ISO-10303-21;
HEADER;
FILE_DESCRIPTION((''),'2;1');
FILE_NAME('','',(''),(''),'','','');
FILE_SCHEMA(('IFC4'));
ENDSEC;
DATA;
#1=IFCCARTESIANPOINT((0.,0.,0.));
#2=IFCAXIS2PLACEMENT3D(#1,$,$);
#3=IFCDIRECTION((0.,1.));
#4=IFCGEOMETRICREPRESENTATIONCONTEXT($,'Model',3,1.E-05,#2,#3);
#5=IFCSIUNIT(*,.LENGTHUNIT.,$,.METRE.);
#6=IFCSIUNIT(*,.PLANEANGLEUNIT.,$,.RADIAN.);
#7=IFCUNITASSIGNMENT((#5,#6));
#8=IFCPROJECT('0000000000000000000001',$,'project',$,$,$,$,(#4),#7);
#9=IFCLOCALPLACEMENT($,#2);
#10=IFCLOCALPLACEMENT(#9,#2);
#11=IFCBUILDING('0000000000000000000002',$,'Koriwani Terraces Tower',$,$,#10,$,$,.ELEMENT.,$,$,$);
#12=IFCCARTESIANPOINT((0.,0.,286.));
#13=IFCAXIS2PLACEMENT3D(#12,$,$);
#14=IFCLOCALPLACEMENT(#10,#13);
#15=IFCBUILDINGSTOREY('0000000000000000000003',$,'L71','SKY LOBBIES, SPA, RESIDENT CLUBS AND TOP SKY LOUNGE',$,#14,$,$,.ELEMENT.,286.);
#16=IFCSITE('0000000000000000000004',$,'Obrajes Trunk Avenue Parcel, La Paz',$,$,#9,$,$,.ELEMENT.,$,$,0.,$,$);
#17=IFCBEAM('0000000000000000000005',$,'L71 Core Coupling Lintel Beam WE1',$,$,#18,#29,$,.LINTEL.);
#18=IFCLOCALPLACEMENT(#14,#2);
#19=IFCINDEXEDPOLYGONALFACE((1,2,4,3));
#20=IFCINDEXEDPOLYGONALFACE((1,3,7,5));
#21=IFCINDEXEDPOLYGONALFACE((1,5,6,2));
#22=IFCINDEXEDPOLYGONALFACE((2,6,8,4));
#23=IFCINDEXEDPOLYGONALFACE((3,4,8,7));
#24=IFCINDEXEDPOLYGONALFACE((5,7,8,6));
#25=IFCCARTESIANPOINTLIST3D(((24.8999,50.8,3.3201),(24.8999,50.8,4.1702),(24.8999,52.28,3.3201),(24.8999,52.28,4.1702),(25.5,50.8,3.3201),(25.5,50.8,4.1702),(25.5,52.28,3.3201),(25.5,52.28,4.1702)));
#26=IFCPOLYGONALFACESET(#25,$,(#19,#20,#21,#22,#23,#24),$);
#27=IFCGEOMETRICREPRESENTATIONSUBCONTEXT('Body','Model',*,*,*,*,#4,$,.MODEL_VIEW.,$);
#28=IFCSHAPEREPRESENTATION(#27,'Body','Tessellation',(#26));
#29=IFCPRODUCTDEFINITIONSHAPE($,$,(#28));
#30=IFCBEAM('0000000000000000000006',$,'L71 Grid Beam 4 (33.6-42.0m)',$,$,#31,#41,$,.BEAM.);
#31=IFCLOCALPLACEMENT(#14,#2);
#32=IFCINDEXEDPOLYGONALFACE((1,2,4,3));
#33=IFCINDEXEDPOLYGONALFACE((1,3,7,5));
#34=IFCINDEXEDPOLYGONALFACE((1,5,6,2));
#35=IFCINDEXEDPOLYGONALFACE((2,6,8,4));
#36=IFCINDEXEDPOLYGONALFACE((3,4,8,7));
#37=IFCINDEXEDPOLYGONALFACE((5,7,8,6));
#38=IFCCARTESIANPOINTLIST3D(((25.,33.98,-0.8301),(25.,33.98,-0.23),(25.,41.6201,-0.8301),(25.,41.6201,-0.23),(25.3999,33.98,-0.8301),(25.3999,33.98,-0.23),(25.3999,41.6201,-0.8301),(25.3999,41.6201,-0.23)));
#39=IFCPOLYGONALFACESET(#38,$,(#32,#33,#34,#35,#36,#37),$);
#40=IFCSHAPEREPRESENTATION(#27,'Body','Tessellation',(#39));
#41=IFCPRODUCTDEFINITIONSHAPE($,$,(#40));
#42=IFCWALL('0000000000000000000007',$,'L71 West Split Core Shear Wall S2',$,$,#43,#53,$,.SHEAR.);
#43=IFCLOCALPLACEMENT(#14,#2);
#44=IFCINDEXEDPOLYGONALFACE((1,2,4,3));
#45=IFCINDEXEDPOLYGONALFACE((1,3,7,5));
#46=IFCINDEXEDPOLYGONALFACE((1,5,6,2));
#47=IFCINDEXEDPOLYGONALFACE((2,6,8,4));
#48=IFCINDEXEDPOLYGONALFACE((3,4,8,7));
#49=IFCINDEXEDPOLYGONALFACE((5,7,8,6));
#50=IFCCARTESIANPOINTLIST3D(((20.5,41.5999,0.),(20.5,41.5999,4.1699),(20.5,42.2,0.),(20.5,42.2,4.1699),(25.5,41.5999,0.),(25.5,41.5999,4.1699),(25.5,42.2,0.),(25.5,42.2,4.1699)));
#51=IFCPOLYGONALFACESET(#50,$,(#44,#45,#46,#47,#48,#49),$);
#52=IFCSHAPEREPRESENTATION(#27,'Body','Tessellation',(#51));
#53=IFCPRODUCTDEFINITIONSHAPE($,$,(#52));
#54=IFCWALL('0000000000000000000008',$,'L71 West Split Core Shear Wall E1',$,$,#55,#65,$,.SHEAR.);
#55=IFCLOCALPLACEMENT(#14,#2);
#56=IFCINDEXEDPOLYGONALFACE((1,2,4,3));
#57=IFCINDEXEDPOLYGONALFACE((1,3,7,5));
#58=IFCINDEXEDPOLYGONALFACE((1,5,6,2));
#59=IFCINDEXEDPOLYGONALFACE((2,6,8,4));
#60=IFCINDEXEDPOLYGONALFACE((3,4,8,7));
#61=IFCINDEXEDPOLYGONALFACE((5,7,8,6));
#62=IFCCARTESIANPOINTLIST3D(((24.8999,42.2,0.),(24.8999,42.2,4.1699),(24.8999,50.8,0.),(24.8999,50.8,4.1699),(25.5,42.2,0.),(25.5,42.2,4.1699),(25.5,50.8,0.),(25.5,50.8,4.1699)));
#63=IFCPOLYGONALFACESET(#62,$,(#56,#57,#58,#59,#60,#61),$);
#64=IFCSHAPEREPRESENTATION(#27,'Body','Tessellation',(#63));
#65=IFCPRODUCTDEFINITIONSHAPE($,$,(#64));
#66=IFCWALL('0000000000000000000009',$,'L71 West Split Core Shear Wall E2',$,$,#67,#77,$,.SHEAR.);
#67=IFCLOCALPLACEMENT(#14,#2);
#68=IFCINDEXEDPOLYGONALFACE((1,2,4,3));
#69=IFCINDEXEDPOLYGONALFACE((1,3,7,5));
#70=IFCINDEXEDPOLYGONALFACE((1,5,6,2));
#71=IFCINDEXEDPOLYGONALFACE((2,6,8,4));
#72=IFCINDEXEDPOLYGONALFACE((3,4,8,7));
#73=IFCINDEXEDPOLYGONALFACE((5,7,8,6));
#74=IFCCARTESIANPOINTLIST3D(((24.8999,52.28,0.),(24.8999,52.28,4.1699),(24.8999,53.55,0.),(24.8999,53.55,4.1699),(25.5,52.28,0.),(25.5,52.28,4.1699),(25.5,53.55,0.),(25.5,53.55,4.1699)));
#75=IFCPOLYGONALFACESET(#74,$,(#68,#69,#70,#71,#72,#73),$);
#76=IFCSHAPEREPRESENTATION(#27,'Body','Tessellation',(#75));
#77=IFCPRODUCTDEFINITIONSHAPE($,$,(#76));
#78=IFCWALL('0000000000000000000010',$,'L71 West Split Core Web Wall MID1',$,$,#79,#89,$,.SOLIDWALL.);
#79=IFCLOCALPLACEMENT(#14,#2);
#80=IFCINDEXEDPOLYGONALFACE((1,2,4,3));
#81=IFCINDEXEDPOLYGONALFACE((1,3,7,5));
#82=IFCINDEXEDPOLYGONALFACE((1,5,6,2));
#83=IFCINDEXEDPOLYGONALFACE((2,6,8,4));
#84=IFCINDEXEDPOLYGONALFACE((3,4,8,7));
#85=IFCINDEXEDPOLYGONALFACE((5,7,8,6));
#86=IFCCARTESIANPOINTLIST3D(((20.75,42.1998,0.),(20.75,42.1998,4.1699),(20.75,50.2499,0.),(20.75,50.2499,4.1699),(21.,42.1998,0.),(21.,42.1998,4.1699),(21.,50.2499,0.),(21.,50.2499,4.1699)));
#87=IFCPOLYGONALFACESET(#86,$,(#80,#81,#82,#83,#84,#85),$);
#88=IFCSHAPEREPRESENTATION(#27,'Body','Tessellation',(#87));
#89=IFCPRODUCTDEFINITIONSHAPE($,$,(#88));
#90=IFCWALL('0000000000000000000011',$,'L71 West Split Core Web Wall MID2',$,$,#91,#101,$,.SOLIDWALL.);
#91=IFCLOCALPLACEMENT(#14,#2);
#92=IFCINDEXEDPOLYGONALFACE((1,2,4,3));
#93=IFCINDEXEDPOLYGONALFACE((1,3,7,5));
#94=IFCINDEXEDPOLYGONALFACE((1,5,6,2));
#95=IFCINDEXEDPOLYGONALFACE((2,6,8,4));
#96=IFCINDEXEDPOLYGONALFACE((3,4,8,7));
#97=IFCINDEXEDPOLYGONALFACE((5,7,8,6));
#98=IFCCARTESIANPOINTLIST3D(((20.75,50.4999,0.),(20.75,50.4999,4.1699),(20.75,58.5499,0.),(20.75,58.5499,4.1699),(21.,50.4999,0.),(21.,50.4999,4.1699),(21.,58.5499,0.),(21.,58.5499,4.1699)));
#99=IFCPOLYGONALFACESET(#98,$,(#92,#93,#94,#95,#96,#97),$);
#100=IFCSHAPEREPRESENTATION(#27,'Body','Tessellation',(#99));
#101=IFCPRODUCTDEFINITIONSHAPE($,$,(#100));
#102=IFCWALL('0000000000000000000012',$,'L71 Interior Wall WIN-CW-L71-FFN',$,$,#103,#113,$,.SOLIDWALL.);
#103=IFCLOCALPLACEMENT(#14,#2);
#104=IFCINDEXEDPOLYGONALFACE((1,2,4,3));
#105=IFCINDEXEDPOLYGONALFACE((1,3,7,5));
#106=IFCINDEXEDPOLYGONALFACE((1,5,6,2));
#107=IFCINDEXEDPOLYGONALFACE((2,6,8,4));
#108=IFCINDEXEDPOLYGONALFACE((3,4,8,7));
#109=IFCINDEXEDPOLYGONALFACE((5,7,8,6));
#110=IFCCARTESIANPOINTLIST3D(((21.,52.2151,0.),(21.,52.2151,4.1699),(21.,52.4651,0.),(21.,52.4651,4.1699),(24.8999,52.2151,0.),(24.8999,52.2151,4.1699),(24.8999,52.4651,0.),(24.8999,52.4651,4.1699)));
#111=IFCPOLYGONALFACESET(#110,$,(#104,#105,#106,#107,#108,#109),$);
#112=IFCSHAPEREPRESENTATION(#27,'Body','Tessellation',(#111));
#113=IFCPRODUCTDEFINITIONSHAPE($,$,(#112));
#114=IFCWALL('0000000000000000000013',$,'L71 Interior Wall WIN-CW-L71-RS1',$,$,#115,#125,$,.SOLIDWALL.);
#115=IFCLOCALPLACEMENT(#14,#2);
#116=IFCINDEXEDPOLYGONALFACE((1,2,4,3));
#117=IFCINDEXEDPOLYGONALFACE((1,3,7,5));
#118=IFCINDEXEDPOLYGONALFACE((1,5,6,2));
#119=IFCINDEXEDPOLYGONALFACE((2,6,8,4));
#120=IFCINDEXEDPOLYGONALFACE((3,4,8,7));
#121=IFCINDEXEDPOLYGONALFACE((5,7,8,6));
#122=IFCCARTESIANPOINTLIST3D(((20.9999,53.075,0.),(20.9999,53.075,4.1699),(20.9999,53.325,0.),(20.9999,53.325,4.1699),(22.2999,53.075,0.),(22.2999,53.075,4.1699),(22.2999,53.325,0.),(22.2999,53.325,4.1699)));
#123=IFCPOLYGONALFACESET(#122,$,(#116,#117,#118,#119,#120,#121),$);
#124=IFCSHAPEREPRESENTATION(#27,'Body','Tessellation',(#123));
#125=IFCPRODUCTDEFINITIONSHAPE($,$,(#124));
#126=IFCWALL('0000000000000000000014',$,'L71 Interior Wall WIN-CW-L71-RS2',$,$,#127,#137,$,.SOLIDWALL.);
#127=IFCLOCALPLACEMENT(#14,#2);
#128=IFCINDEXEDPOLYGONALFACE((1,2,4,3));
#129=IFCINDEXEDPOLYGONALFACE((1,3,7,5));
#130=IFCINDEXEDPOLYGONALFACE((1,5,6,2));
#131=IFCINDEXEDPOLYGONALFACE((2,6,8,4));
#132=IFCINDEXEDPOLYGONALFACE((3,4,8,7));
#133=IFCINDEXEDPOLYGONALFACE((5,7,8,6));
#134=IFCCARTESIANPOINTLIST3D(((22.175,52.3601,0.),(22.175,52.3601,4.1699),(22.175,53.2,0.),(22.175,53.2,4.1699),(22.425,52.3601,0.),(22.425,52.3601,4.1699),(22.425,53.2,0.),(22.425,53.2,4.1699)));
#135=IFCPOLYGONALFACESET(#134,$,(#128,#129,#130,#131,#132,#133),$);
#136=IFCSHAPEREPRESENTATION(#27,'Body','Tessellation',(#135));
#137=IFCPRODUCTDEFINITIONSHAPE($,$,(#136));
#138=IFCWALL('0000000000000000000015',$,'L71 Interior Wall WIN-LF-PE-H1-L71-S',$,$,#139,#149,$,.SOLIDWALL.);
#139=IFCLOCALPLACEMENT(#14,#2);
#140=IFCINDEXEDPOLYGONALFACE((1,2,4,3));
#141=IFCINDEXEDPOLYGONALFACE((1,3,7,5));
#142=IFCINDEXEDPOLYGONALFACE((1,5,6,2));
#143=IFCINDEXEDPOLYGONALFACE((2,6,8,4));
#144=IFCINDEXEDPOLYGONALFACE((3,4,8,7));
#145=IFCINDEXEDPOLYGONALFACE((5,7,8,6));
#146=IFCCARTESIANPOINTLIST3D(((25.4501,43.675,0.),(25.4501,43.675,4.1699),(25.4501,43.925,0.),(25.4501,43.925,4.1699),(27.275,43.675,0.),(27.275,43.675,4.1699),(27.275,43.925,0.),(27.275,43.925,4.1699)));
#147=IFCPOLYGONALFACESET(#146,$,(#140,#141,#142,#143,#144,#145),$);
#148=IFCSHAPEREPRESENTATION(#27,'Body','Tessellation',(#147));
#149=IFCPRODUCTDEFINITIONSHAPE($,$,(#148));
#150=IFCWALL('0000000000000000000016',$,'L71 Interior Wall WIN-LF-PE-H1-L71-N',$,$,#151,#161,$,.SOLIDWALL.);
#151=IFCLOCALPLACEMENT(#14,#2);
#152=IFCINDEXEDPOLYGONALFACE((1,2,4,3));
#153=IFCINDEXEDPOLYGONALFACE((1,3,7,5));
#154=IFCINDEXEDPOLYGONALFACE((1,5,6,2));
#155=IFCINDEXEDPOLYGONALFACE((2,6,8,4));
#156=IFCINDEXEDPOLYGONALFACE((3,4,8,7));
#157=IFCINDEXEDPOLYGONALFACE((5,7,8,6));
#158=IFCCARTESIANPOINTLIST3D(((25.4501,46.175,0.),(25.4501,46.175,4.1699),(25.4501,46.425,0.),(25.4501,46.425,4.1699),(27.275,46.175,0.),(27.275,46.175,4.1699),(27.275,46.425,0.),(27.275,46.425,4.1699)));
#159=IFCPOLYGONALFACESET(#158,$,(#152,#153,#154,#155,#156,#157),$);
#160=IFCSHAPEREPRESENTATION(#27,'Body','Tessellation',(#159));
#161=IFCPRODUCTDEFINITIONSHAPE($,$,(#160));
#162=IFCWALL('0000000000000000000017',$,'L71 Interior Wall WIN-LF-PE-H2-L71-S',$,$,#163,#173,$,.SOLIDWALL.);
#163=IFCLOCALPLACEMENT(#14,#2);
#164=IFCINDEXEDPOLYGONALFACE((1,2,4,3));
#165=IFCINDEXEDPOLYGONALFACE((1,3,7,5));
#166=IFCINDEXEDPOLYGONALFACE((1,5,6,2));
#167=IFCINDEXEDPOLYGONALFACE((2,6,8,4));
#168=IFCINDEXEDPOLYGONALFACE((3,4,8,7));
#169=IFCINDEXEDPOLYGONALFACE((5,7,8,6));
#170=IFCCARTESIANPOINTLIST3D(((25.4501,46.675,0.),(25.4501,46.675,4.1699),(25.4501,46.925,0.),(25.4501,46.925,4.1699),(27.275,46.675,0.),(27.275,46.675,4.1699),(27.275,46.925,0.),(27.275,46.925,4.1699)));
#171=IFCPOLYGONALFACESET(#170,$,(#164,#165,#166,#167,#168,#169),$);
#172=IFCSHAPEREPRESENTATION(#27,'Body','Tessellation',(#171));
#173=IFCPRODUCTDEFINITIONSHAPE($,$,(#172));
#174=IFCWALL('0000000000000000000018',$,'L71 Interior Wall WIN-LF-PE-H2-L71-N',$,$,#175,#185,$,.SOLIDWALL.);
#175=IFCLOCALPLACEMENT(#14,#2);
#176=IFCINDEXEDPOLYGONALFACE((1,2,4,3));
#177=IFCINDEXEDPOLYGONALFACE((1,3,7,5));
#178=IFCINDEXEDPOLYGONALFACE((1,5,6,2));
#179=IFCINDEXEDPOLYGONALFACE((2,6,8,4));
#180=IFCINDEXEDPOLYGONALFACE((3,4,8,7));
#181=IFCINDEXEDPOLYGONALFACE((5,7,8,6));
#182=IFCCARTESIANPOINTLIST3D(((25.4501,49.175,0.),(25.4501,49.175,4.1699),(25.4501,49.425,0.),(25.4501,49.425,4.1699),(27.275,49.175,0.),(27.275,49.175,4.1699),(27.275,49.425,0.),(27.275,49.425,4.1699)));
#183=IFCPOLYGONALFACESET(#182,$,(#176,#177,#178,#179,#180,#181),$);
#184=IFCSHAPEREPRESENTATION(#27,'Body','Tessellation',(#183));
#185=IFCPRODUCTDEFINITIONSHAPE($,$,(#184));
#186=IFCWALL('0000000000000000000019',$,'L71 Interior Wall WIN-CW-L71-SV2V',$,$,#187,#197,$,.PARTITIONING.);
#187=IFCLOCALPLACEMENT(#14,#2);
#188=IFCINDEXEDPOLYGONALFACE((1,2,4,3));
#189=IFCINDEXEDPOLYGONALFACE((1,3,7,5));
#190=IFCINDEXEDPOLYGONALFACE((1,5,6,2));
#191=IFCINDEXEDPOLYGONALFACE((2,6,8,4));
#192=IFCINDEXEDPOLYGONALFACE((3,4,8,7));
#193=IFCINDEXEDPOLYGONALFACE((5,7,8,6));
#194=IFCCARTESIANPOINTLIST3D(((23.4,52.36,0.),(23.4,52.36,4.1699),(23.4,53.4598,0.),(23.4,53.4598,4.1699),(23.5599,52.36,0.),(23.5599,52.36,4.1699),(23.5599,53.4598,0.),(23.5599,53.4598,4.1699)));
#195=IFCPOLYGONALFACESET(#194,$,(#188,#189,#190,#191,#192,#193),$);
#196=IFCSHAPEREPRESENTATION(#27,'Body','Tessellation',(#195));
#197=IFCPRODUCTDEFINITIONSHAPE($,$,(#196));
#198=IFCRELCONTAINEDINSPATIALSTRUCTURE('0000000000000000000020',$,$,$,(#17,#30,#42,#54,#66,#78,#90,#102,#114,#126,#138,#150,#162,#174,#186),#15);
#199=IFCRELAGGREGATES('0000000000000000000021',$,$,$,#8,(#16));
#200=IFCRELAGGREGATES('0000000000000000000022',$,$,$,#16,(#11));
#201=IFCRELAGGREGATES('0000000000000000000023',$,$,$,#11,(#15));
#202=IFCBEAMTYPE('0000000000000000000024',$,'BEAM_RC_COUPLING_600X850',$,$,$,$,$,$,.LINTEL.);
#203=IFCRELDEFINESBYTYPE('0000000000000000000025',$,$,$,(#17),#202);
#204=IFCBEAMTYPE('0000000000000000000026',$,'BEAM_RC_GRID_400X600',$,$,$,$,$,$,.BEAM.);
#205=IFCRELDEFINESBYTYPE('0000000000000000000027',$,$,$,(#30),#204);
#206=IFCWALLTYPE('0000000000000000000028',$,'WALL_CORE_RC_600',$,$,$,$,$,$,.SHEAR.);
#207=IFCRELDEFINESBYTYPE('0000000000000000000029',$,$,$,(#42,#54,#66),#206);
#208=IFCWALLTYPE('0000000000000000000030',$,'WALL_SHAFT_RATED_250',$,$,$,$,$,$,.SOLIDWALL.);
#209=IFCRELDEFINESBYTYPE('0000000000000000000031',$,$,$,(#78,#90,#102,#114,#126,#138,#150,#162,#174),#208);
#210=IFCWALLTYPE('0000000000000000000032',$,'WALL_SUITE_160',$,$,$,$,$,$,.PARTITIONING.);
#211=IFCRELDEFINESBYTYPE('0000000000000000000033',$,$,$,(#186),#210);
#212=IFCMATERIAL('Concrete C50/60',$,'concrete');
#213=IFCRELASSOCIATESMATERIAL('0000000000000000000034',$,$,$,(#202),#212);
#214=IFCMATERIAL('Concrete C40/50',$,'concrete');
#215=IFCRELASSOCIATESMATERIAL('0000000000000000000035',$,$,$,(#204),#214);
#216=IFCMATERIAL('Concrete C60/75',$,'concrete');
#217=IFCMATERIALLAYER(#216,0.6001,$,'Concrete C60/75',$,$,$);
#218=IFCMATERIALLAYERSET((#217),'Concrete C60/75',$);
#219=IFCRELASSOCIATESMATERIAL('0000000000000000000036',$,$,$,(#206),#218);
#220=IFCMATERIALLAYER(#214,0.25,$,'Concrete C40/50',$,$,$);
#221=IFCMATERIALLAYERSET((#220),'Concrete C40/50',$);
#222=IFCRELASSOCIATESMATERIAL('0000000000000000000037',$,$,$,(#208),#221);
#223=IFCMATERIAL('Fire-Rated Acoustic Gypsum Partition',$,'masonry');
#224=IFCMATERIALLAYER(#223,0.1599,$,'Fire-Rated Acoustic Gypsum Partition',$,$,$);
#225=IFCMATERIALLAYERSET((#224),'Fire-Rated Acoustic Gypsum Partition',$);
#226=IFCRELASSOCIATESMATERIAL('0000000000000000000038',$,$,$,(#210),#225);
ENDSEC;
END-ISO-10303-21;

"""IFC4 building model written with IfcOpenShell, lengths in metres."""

from ifc_helpers import new_model, si_unit, direction, frame, frame_2d, origin, origin_2d, place, context, subcontext, project, spatial, rectangle, extrude, material, layer, layer_set, material_profile, profile_set, type_object, element, save


model = new_model("IFC4")

# Units and contexts
model_context = context("Model", 3, precision=1e-05, world=origin(), true_north=direction((0.0, 1.0)))
body_context = subcontext(model_context, "Body", "Model", "MODEL_VIEW")
ifc_project = project(units=[si_unit("LENGTHUNIT", "METRE"), si_unit("PLANEANGLEUNIT", "RADIAN")], contexts=[model_context])

# Site, building, storey
site_placement = place(None, origin())
site = spatial("IfcSite", under=ifc_project, at=site_placement, Name="Obrajes Trunk Avenue Parcel, La Paz", CompositionType="ELEMENT", RefElevation=0.0)
building_placement = place(site_placement, origin())
building = spatial("IfcBuilding", under=site, at=building_placement, Name="Koriwani Terraces Tower", CompositionType="ELEMENT")
storey_placement = place(building_placement, frame((0.0, 0.0, 286.0)))
storey = spatial("IfcBuildingStorey", under=building, at=storey_placement, Name="L71", Description="SKY LOBBIES, SPA, RESIDENT CLUBS AND TOP SKY LOUNGE", CompositionType="ELEMENT", Elevation=286.0)

# Beams
ifc_material_1 = material(Name="Concrete C50/60", Category="concrete")
ifc_material_profile_1 = material_profile(ifc_material_1, rectangle(XDim=0.6001, YDim=0.8501, at=origin_2d()), Name="Concrete C50/60", Category="LoadBearing")
ifc_profile_set_1 = profile_set([ifc_material_profile_1], Name="Concrete C50/60")
beam_type_1 = type_object("IfcBeamType", Name="BEAM_RC_COUPLING_600X850", PredefinedType="LINTEL", material=ifc_profile_set_1)
beam_1_placement = place(storey_placement, frame((25.2, 50.8, 3.7451), z_axis=(0.0, 1.0, 0.0), x_axis=(-1.0, 0.0, 0.0)))
element("IfcBeam", 1, at=beam_1_placement, inside=storey, type_object=beam_type_1, Name="L71 Core Coupling Lintel Beam WE1", PredefinedType="LINTEL", context=body_context, shape_type="SweptSolid", body=[
    extrude(rectangle(XDim=0.6001, YDim=0.8501, at=origin_2d()), origin(), (0.0, 0.0, 1.0), 1.48),
])
ifc_material_2 = material(Name="Concrete C40/50", Category="concrete")
ifc_material_profile_2 = material_profile(ifc_material_2, rectangle(XDim=0.3999, YDim=0.6001, at=origin_2d()), Name="Concrete C40/50", Category="LoadBearing")
ifc_profile_set_2 = profile_set([ifc_material_profile_2], Name="Concrete C40/50")
beam_type_2 = type_object("IfcBeamType", Name="BEAM_RC_GRID_400X600", PredefinedType="BEAM", material=ifc_profile_set_2)
beam_2_placement = place(storey_placement, frame((25.2, 33.98, -0.53), z_axis=(0.0, 1.0, 0.0), x_axis=(-1.0, 0.0, 0.0)))
element("IfcBeam", 2, at=beam_2_placement, inside=storey, type_object=beam_type_2, Name="L71 Grid Beam 4 (33.6-42.0m)", PredefinedType="BEAM", context=body_context, shape_type="SweptSolid", body=[
    extrude(rectangle(XDim=0.3999, YDim=0.6001, at=origin_2d()), origin(), (0.0, 0.0, 1.0), 7.6401),
])

# Walls
ifc_material_3 = material(Name="Concrete C60/75", Category="concrete")
ifc_layer_1 = layer(ifc_material_3, 0.6001, Name="Concrete C60/75")
ifc_layer_set_1 = layer_set([ifc_layer_1], Name="Concrete C60/75")
wall_type_1 = type_object("IfcWallType", Name="WALL_CORE_RC_600", PredefinedType="SHEAR", material=ifc_layer_set_1)
wall_1_placement = place(storey_placement, frame((20.5, 41.8999, 0.0), z_axis=(0.0, 0.0, 1.0), x_axis=(1.0, 0.0, 0.0)))
element("IfcWall", 3, at=wall_1_placement, inside=storey, type_object=wall_type_1, Name="L71 West Split Core Shear Wall S2", PredefinedType="SHEAR", context=body_context, shape_type="SweptSolid", body=[
    extrude(rectangle(XDim=5.0, YDim=0.6001, at=frame_2d((2.5, 0.0))), origin(), (0.0, 0.0, 1.0), 4.1699),
])
wall_2_placement = place(storey_placement, frame((25.2, 42.2, 0.0), z_axis=(0.0, 0.0, 1.0), x_axis=(0.0, 1.0, 0.0)))
element("IfcWall", 4, at=wall_2_placement, inside=storey, type_object=wall_type_1, Name="L71 West Split Core Shear Wall E1", PredefinedType="SHEAR", context=body_context, shape_type="SweptSolid", body=[
    extrude(rectangle(XDim=8.6001, YDim=0.6001, at=frame_2d((4.3, 0.0))), origin(), (0.0, 0.0, 1.0), 4.1699),
])
wall_3_placement = place(storey_placement, frame((25.2, 52.28, 0.0), z_axis=(0.0, 0.0, 1.0), x_axis=(0.0, 1.0, 0.0)))
element("IfcWall", 5, at=wall_3_placement, inside=storey, type_object=wall_type_1, Name="L71 West Split Core Shear Wall E2", PredefinedType="SHEAR", context=body_context, shape_type="SweptSolid", body=[
    extrude(rectangle(XDim=1.27, YDim=0.6001, at=frame_2d((0.635, 0.0))), origin(), (0.0, 0.0, 1.0), 4.1699),
])
ifc_layer_2 = layer(ifc_material_2, 0.25, Name="Concrete C40/50")
ifc_layer_set_2 = layer_set([ifc_layer_2], Name="Concrete C40/50")
wall_type_2 = type_object("IfcWallType", Name="WALL_SHAFT_RATED_250", PredefinedType="SOLIDWALL", material=ifc_layer_set_2)
for number, where, z_axis, x_axis, name in (
    (6, (20.875, 42.2, 0.0), (0.0, 0.0, 1.0), (0.0, 1.0, 0.0), "L71 West Split Core Web Wall MID1"),
    (7, (20.875, 50.5, 0.0), (0.0, 0.0, 1.0), (0.0, 1.0, 0.0), "L71 West Split Core Web Wall MID2"),
):
    element("IfcWall", number, at=place(storey_placement, frame(where, z_axis=z_axis, x_axis=x_axis)), inside=storey, type_object=wall_type_2, Name=name, PredefinedType="SOLIDWALL", context=body_context, shape_type="SweptSolid", body=[
        extrude(rectangle(XDim=8.05, YDim=0.25, at=frame_2d((4.0249, 0.0))), origin(), (0.0, 0.0, 1.0), 4.1699),
    ])

# Walls
wall_4_placement = place(storey_placement, frame((21.0, 52.3401, 0.0), z_axis=(0.0, 0.0, 1.0), x_axis=(1.0, 0.0, 0.0)))
element("IfcWall", 8, at=wall_4_placement, inside=storey, type_object=wall_type_2, Name="L71 Interior Wall WIN-CW-L71-FFN", PredefinedType="SOLIDWALL", context=body_context, shape_type="SweptSolid", body=[
    extrude(rectangle(XDim=3.8999, YDim=0.25, at=frame_2d((1.95, 0.0))), origin(), (0.0, 0.0, 1.0), 4.1699),
])
wall_5_placement = place(storey_placement, frame((21.0, 53.2, 0.0), z_axis=(0.0, 0.0, 1.0), x_axis=(1.0, 0.0, 0.0)))
element("IfcWall", 9, at=wall_5_placement, inside=storey, type_object=wall_type_2, Name="L71 Interior Wall WIN-CW-L71-RS1", PredefinedType="SOLIDWALL", context=body_context, shape_type="SweptSolid", body=[
    extrude(rectangle(XDim=1.3, YDim=0.25, at=frame_2d((0.6499, 0.0))), origin(), (0.0, 0.0, 1.0), 4.1699),
])
wall_6_placement = place(storey_placement, frame((22.3, 52.3601, 0.0), z_axis=(0.0, 0.0, 1.0), x_axis=(0.0, 1.0, 0.0)))
element("IfcWall", 10, at=wall_6_placement, inside=storey, type_object=wall_type_2, Name="L71 Interior Wall WIN-CW-L71-RS2", PredefinedType="SOLIDWALL", context=body_context, shape_type="SweptSolid", body=[
    extrude(rectangle(XDim=0.8398, YDim=0.25, at=frame_2d((0.4199, 0.0))), origin(), (0.0, 0.0, 1.0), 4.1699),
])
for number, where, z_axis, x_axis, name in (
    (11, (25.45, 43.8, 0.0), (0.0, 0.0, 1.0), (1.0, 0.0, 0.0), "L71 Interior Wall WIN-LF-PE-H1-L71-S"),
    (12, (25.45, 46.3, 0.0), (0.0, 0.0, 1.0), (1.0, 0.0, 0.0), "L71 Interior Wall WIN-LF-PE-H1-L71-N"),
    (13, (25.45, 46.8, 0.0), (0.0, 0.0, 1.0), (1.0, 0.0, 0.0), "L71 Interior Wall WIN-LF-PE-H2-L71-S"),
    (14, (25.45, 49.3, 0.0), (0.0, 0.0, 1.0), (1.0, 0.0, 0.0), "L71 Interior Wall WIN-LF-PE-H2-L71-N"),
):
    element("IfcWall", number, at=place(storey_placement, frame(where, z_axis=z_axis, x_axis=x_axis)), inside=storey, type_object=wall_type_2, Name=name, PredefinedType="SOLIDWALL", context=body_context, shape_type="SweptSolid", body=[
        extrude(rectangle(XDim=1.825, YDim=0.25, at=frame_2d((0.9126, 0.0))), origin(), (0.0, 0.0, 1.0), 4.1699),
    ])
ifc_material_4 = material(Name="Fire-Rated Acoustic Gypsum Partition", Category="masonry")
ifc_layer_3 = layer(ifc_material_4, 0.1599, Name="Fire-Rated Acoustic Gypsum Partition")
ifc_layer_set_3 = layer_set([ifc_layer_3], Name="Fire-Rated Acoustic Gypsum Partition")
wall_type_3 = type_object("IfcWallType", Name="WALL_SUITE_160", PredefinedType="PARTITIONING", material=ifc_layer_set_3)
wall_7_placement = place(storey_placement, frame((23.48, 52.3601, 0.0), z_axis=(0.0, 0.0, 1.0), x_axis=(0.0, 1.0, 0.0)))
element("IfcWall", 15, at=wall_7_placement, inside=storey, type_object=wall_type_3, Name="L71 Interior Wall WIN-CW-L71-SV2V", PredefinedType="PARTITIONING", context=body_context, shape_type="SweptSolid", body=[
    extrude(rectangle(XDim=1.0999, YDim=0.1599, at=frame_2d((0.5498, 0.0))), origin(), (0.0, 0.0, 1.0), 4.1699),
])

save(model, "model.ifc")
